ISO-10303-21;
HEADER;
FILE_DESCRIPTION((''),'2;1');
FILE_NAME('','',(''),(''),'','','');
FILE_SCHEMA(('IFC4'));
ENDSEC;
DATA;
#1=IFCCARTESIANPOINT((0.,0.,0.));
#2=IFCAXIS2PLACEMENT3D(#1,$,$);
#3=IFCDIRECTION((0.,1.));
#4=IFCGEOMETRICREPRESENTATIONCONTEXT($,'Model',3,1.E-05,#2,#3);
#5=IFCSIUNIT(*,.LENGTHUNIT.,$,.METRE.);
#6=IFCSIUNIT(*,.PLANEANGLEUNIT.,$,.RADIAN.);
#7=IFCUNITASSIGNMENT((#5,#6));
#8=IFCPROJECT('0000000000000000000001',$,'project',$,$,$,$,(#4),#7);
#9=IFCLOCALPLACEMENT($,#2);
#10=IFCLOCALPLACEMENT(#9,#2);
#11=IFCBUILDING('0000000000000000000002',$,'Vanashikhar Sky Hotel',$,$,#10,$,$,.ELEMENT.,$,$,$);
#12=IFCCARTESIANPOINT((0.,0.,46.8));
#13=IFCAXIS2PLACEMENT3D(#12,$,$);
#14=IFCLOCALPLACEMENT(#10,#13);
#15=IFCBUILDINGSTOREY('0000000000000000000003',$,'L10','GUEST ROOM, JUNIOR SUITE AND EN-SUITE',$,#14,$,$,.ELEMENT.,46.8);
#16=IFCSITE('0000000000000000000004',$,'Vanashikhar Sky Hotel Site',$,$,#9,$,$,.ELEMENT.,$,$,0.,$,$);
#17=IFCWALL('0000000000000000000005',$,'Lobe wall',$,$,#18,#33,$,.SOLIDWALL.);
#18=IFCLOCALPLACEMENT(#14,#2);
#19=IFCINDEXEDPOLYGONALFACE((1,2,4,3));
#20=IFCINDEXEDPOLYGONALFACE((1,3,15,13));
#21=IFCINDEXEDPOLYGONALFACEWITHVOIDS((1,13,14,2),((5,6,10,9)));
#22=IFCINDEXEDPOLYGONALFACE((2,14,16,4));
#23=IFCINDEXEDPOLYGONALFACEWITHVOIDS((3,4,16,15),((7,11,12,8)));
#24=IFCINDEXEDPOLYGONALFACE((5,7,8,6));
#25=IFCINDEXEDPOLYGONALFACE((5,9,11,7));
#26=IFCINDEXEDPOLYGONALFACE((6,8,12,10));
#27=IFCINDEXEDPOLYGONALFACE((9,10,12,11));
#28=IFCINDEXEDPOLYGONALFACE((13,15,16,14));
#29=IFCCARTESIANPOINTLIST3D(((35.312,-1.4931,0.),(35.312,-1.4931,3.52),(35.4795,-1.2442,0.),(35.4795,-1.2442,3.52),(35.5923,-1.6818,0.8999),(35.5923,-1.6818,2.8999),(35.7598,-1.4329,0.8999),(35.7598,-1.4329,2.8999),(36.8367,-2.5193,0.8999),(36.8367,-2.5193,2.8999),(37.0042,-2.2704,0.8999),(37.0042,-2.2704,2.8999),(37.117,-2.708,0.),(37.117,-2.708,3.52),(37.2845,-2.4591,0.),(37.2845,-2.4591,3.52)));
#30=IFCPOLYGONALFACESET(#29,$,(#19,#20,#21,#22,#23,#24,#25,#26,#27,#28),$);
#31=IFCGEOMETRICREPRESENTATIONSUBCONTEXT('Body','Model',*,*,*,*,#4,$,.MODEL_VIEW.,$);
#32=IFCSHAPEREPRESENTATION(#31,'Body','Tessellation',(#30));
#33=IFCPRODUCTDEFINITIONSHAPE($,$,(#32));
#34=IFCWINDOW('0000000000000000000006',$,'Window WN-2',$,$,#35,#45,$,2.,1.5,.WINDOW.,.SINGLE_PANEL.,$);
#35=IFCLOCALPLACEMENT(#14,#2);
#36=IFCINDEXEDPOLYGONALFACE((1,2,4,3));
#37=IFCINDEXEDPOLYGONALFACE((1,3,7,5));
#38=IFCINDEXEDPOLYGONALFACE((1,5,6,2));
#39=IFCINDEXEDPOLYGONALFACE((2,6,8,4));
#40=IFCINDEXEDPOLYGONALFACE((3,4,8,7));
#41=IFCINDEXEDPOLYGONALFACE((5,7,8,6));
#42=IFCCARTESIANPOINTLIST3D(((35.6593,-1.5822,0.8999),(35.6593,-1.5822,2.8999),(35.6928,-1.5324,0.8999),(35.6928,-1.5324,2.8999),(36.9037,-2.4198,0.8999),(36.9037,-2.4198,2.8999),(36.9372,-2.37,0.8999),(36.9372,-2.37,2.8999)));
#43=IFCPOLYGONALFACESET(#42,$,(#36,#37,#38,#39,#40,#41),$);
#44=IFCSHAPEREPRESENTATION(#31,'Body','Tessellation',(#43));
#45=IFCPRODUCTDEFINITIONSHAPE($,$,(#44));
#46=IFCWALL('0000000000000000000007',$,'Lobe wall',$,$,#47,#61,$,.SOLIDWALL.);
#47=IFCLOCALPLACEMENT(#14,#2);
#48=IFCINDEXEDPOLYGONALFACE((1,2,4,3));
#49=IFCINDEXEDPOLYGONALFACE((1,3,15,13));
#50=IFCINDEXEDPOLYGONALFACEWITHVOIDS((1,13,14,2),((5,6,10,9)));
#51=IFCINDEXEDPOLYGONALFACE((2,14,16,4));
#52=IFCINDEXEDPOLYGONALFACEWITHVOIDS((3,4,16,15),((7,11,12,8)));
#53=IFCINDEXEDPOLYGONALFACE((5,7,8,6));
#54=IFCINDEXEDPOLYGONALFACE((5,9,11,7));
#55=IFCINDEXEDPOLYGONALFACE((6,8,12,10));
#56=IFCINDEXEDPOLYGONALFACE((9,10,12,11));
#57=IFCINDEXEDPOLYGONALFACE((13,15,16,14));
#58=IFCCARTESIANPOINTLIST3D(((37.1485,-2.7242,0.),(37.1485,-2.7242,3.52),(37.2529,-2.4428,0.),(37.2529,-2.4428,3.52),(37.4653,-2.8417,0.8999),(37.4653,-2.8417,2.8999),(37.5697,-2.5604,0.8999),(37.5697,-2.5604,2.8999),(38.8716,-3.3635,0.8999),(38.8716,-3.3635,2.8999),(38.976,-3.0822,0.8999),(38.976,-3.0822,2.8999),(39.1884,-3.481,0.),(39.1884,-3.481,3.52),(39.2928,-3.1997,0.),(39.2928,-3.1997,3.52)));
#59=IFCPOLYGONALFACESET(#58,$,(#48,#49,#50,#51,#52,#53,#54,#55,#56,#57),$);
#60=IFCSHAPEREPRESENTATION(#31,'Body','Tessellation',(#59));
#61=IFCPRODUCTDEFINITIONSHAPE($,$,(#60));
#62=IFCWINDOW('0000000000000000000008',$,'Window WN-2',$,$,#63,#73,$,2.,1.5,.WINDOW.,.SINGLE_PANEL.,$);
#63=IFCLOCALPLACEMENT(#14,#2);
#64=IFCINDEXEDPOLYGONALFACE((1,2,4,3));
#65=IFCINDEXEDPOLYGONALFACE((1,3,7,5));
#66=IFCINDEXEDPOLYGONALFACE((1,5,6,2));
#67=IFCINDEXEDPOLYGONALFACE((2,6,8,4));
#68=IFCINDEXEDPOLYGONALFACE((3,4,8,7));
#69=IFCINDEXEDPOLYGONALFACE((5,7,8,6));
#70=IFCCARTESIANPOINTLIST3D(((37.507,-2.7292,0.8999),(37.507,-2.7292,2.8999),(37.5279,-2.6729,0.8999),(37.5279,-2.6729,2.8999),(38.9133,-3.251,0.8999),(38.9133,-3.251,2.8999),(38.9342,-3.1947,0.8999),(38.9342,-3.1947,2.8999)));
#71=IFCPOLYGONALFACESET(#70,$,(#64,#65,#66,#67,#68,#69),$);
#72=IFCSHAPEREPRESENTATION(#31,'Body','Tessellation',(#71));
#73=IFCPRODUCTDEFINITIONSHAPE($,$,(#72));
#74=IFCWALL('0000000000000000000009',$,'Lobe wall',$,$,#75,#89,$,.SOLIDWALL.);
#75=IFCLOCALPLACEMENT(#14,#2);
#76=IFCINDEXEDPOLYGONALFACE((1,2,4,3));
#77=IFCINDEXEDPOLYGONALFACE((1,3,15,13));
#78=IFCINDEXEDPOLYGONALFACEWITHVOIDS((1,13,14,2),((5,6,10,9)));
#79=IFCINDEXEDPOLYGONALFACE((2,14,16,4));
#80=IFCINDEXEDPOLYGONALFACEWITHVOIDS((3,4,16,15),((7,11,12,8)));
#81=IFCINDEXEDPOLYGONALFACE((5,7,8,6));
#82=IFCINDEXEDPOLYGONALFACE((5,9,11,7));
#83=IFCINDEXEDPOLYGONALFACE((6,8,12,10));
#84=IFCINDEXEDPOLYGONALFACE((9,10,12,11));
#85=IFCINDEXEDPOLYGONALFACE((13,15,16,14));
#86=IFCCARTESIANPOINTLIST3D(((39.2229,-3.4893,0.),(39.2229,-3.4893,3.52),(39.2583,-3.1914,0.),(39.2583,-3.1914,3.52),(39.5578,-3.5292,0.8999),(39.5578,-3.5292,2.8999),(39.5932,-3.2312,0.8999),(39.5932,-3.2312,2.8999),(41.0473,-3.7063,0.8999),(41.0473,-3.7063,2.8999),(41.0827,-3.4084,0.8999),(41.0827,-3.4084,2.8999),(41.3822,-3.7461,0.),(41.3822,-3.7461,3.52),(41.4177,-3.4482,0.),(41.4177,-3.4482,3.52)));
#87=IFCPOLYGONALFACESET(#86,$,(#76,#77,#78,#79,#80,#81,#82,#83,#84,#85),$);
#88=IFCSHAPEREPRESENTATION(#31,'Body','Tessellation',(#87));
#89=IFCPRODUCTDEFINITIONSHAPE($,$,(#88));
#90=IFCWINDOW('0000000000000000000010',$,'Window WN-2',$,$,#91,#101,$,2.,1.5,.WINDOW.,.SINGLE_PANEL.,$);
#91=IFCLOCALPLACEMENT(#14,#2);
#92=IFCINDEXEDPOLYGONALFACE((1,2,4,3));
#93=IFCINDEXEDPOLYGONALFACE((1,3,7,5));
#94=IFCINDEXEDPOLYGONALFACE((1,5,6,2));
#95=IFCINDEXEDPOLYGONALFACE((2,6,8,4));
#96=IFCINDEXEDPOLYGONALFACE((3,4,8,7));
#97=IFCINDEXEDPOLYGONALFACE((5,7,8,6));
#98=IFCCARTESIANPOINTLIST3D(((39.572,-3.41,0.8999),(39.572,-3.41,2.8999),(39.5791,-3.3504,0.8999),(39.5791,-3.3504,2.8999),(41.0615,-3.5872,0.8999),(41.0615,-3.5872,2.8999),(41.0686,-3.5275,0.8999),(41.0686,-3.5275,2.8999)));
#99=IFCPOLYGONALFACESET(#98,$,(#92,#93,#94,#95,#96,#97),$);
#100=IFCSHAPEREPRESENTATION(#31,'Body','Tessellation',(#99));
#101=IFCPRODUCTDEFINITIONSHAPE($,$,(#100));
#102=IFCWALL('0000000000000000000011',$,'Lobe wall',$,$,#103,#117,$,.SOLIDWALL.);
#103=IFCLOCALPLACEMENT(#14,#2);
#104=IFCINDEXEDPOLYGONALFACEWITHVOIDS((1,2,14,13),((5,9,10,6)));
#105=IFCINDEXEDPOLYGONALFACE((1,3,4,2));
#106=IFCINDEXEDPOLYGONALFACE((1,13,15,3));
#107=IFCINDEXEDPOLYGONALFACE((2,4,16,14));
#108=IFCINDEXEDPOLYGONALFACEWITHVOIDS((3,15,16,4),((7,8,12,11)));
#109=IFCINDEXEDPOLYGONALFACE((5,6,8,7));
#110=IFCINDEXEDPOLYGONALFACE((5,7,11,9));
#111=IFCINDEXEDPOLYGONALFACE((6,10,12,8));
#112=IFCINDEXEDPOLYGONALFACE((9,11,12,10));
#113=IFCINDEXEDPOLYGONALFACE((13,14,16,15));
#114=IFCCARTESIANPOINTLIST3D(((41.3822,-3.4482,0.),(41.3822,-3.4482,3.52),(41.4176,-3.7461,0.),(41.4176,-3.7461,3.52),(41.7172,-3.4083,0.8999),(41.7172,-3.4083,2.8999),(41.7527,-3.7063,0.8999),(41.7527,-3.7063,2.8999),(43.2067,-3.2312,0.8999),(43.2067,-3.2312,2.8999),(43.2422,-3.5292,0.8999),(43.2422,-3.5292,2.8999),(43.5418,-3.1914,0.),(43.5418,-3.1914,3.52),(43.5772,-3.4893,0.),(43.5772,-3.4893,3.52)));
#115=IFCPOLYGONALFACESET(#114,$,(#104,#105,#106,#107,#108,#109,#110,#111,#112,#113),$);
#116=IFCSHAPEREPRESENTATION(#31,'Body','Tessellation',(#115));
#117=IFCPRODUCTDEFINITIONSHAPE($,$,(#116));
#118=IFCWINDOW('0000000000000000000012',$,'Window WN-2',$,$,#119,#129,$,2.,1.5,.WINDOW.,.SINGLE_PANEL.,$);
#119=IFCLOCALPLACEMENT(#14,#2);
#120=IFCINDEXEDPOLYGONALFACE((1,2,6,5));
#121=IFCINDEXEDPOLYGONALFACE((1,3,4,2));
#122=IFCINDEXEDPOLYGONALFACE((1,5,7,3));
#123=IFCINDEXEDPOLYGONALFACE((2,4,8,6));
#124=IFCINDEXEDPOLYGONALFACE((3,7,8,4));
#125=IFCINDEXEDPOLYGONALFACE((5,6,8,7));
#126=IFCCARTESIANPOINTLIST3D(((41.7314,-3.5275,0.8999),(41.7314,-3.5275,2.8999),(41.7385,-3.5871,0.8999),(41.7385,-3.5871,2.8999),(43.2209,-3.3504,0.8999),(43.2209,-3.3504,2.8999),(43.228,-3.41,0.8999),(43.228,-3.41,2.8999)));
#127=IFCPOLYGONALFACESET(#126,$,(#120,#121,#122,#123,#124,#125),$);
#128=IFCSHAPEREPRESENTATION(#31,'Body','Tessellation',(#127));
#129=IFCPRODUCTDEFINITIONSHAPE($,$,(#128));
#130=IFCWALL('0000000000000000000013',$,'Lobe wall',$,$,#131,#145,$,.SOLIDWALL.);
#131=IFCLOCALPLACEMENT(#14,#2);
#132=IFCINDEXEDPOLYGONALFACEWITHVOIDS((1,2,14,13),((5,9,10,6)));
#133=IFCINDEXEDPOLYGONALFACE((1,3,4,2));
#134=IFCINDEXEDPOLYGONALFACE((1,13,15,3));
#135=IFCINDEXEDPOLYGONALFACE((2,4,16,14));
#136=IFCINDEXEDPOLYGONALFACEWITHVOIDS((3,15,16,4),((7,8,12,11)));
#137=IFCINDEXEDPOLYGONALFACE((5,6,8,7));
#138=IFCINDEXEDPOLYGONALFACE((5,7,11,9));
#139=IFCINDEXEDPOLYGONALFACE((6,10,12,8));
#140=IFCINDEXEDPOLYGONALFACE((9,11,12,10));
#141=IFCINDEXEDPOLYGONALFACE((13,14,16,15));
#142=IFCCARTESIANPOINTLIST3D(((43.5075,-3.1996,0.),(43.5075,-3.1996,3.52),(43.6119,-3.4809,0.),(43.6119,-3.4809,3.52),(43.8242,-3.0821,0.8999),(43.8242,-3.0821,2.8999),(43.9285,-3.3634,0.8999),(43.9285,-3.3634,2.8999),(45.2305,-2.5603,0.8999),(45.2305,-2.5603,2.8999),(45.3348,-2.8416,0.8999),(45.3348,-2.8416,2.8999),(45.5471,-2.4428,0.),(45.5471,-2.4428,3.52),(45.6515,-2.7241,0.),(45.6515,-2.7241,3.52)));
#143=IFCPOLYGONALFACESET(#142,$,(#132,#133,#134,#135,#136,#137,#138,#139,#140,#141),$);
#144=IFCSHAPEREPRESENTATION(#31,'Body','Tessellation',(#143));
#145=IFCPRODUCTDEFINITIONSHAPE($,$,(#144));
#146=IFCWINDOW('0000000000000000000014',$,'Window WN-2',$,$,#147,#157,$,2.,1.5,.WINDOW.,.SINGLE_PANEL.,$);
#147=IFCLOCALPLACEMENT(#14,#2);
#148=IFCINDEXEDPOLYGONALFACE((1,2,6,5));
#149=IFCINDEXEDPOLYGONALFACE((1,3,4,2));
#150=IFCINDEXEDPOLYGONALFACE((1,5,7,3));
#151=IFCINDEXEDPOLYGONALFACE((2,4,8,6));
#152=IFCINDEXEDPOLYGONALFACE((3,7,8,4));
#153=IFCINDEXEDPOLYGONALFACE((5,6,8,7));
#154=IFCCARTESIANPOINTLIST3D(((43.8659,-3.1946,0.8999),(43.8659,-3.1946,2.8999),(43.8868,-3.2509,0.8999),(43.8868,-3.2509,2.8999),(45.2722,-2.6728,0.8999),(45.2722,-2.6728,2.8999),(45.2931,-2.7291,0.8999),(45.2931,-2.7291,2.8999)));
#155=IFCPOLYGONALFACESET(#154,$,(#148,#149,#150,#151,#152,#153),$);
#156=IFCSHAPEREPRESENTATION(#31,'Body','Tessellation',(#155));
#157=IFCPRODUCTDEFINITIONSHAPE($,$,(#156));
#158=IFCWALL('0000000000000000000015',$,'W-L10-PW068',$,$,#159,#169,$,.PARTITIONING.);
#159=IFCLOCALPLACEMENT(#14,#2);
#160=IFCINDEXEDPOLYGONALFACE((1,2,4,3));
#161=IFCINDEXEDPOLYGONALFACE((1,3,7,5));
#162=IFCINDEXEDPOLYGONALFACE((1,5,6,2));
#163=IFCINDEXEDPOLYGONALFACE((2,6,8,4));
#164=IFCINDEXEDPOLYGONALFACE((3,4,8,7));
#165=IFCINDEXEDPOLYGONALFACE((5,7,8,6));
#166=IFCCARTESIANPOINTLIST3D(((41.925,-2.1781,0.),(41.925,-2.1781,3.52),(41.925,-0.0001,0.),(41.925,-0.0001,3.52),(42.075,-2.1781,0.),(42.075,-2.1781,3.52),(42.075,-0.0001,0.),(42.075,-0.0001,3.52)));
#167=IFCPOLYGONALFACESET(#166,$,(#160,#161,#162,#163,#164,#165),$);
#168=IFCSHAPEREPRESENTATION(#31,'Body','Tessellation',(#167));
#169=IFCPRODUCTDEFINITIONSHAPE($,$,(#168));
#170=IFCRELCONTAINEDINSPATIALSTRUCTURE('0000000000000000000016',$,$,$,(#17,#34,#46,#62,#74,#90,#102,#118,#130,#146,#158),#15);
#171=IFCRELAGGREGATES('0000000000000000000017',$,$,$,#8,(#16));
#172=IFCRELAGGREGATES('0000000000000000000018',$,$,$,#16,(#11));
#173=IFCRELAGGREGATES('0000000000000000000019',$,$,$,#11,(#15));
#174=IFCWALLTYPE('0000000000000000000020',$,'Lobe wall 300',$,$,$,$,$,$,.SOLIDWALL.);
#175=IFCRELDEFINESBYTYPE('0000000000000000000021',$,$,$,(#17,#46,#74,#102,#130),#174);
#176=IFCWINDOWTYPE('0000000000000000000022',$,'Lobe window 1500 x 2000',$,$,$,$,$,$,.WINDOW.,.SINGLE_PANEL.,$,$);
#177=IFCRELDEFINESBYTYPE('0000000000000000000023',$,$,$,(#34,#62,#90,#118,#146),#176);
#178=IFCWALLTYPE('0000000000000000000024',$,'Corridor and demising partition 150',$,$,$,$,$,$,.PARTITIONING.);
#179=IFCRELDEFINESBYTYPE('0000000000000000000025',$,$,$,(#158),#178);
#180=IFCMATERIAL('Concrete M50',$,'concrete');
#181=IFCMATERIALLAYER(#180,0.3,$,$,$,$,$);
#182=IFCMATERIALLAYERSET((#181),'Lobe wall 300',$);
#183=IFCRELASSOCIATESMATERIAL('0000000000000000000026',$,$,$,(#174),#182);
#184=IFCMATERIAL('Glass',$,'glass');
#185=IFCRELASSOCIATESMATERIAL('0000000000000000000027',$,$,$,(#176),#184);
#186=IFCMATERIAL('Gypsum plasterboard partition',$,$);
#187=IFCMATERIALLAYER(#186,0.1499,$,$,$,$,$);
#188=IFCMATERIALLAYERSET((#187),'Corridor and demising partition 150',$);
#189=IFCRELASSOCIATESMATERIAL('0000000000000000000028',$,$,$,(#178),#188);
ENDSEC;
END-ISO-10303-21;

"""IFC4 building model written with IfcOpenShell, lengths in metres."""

from ifc_helpers import new_model, si_unit, direction, frame, frame_2d, origin, place, context, subcontext, project, spatial, rectangle, extrude, source, transform, mapped, material, layer, layer_set, type_object, element, fill, save


model = new_model("IFC4")

# Units and contexts
model_context = context("Model", 3, precision=1e-05, world=origin(), true_north=direction((0.0, 1.0)))
body_context = subcontext(model_context, "Body", "Model", "MODEL_VIEW")
ifc_project = project(units=[si_unit("LENGTHUNIT", "METRE"), si_unit("PLANEANGLEUNIT", "RADIAN")], contexts=[model_context])

# Site, building, storey
site_placement = place(None, origin())
site = spatial("IfcSite", under=ifc_project, at=site_placement, Name="Vanashikhar Sky Hotel Site", CompositionType="ELEMENT", RefElevation=0.0)
building_placement = place(site_placement, origin())
building = spatial("IfcBuilding", under=site, at=building_placement, Name="Vanashikhar Sky Hotel", CompositionType="ELEMENT")
storey_placement = place(building_placement, frame((0.0, 0.0, 46.8)))
storey = spatial("IfcBuildingStorey", under=building, at=storey_placement, Name="L10", Description="GUEST ROOM, JUNIOR SUITE AND EN-SUITE", CompositionType="ELEMENT", Elevation=46.8)

# Walls, openings, windows
ifc_material_1 = material(Name="Concrete M50", Category="concrete")
ifc_layer_1 = layer(ifc_material_1, 0.3)
ifc_layer_set_1 = layer_set([ifc_layer_1], Name="Lobe wall 300")
wall_type_1 = type_object("IfcWallType", Name="Lobe wall 300", PredefinedType="SOLIDWALL", material=ifc_layer_set_1)
shared_shape_1 = source(origin(), body_context, "Body", "SweptSolid", [
    extrude(rectangle(XDim=2.1758, YDim=0.3, at=frame_2d((1.0879, 0.0))), origin(), (0.0, 0.0, 1.0), 3.52),
])
wall_1_placement = place(storey_placement, frame((35.3958, -1.3687, 0.0), z_axis=(0.0, 0.0, 1.0), x_axis=(0.829591, -0.558372, 0.0)))
wall_1 = element("IfcWall", 1, at=wall_1_placement, inside=storey, type_object=wall_type_1, Name="Lobe wall", PredefinedType="SOLIDWALL", context=body_context, shape_type="MappedRepresentation", body=[
    mapped(shared_shape_1, transform((0.0, 0.0, 0.0), scale=1.0)),
])
shared_shape_2 = source(origin(), body_context, "Body", "SweptSolid", [
    extrude(rectangle(XDim=1.5, YDim=2.0, at=frame_2d((0.75, 1.0))), frame((0.0, 0.1602, 0.0), z_axis=(0.0, -1.0, 0.0), x_axis=(1.0, 0.0, 0.0)), (0.0, 0.0, 1.0), 0.3201),
])
opening_1_placement = place(wall_1_placement, frame((0.3379, 0.0, 0.8999)))
opening_1 = element("IfcOpeningElement", 2, at=opening_1_placement, cuts=wall_1, PredefinedType="OPENING", context=body_context, shape_type="MappedRepresentation", body=[
    mapped(shared_shape_2, transform((0.0, 0.0, 0.0), scale=1.0)),
])
ifc_material_2 = material(Name="Glass", Category="glass")
window_type = type_object("IfcWindowType", Name="Lobe window 1500 x 2000", PartitioningType="SINGLE_PANEL", PredefinedType="WINDOW", material=ifc_material_2)
shared_shape_3 = source(origin(), body_context, "Body", "SweptSolid", [
    extrude(rectangle(XDim=1.5, YDim=2.0, at=frame_2d((0.75, 1.0))), frame((0.0, 0.03, 0.0), z_axis=(0.0, -1.0, 0.0), x_axis=(1.0, 0.0, 0.0)), (0.0, 0.0, 1.0), 0.0601),
])
window_1_placement = place(opening_1_placement, origin())
window_1 = element("IfcWindow", 3, at=window_1_placement, inside=storey, type_object=window_type, Name="Window WN-2", OverallHeight=2.0, OverallWidth=1.5, PartitioningType="SINGLE_PANEL", PredefinedType="WINDOW", context=body_context, shape_type="MappedRepresentation", body=[
    mapped(shared_shape_3, transform((0.0, 0.0, 0.0), scale=1.0)),
])
fill(opening_1, window_1)
wall_2_placement = place(storey_placement, frame((37.2007, -2.5835, 0.0), z_axis=(0.0, 0.0, 1.0), x_axis=(0.937546, -0.347863, 0.0)))
wall_2 = element("IfcWall", 4, at=wall_2_placement, inside=storey, type_object=wall_type_1, Name="Lobe wall", PredefinedType="SOLIDWALL", context=body_context, shape_type="MappedRepresentation", body=[
    mapped(shared_shape_1, transform((0.0, 0.0, 0.0), scale=1.0)),
])
opening_2_placement = place(wall_2_placement, frame((0.3379, 0.0, 0.8999)))
opening_2 = element("IfcOpeningElement", 5, at=opening_2_placement, cuts=wall_2, PredefinedType="OPENING", context=body_context, shape_type="MappedRepresentation", body=[
    mapped(shared_shape_2, transform((0.0, 0.0, 0.0), scale=1.0)),
])
window_2_placement = place(opening_2_placement, origin())
window_2 = element("IfcWindow", 6, at=window_2_placement, inside=storey, type_object=window_type, Name="Window WN-2", OverallHeight=2.0, OverallWidth=1.5, PartitioningType="SINGLE_PANEL", PredefinedType="WINDOW", context=body_context, shape_type="MappedRepresentation", body=[
    mapped(shared_shape_3, transform((0.0, 0.0, 0.0), scale=1.0)),
])
fill(opening_2, window_2)
shared_shape_4 = source(origin(), body_context, "Body", "SweptSolid", [
    extrude(rectangle(XDim=2.1746, YDim=0.3, at=frame_2d((1.0874, 0.0))), origin(), (0.0, 0.0, 1.0), 3.52),
])
wall_3_placement = place(storey_placement, frame((39.2405, -3.3403, 0.0), z_axis=(0.0, 0.0, 1.0), x_axis=(0.993001, -0.118105, 0.0)))
wall_3 = element("IfcWall", 7, at=wall_3_placement, inside=storey, type_object=wall_type_1, Name="Lobe wall", PredefinedType="SOLIDWALL", context=body_context, shape_type="MappedRepresentation", body=[
    mapped(shared_shape_4, transform((0.0, 0.0, 0.0), scale=1.0)),
])
opening_3_placement = place(wall_3_placement, frame((0.3374, 0.0, 0.8999)))
opening_3 = element("IfcOpeningElement", 8, at=opening_3_placement, cuts=wall_3, PredefinedType="OPENING", context=body_context, shape_type="MappedRepresentation", body=[
    mapped(shared_shape_2, transform((0.0, 0.0, 0.0), scale=1.0)),
])
window_3_placement = place(opening_3_placement, origin())
window_3 = element("IfcWindow", 9, at=window_3_placement, inside=storey, type_object=window_type, Name="Window WN-2", OverallHeight=2.0, OverallWidth=1.5, PartitioningType="SINGLE_PANEL", PredefinedType="WINDOW", context=body_context, shape_type="MappedRepresentation", body=[
    mapped(shared_shape_3, transform((0.0, 0.0, 0.0), scale=1.0)),
])
fill(opening_3, window_3)
shared_shape_5 = source(origin(), body_context, "Body", "SweptSolid", [
    extrude(rectangle(XDim=2.1748, YDim=0.3, at=frame_2d((1.0874, 0.0))), origin(), (0.0, 0.0, 1.0), 3.52),
])
wall_4_placement = place(storey_placement, frame((41.3999, -3.5972, 0.0), z_axis=(0.0, 0.0, 1.0), x_axis=(0.993003, 0.118092, 0.0)))
wall_4 = element("IfcWall", 10, at=wall_4_placement, inside=storey, type_object=wall_type_1, Name="Lobe wall", PredefinedType="SOLIDWALL", context=body_context, shape_type="MappedRepresentation", body=[
    mapped(shared_shape_5, transform((0.0, 0.0, 0.0), scale=1.0)),
])
opening_4_placement = place(wall_4_placement, frame((0.3374, 0.0, 0.8999)))
opening_4 = element("IfcOpeningElement", 11, at=opening_4_placement, cuts=wall_4, PredefinedType="OPENING", context=body_context, shape_type="MappedRepresentation", body=[
    mapped(shared_shape_2, transform((0.0, 0.0, 0.0), scale=1.0)),
])
window_4_placement = place(opening_4_placement, origin())
window_4 = element("IfcWindow", 12, at=window_4_placement, inside=storey, type_object=window_type, Name="Window WN-2", OverallHeight=2.0, OverallWidth=1.5, PartitioningType="SINGLE_PANEL", PredefinedType="WINDOW", context=body_context, shape_type="MappedRepresentation", body=[
    mapped(shared_shape_3, transform((0.0, 0.0, 0.0), scale=1.0)),
])
fill(opening_4, window_4)
shared_shape_6 = source(origin(), body_context, "Body", "SweptSolid", [
    extrude(rectangle(XDim=2.1755, YDim=0.3, at=frame_2d((1.0879, 0.0))), origin(), (0.0, 0.0, 1.0), 3.52),
])
wall_5_placement = place(storey_placement, frame((43.5596, -3.3403, 0.0), z_axis=(0.0, 0.0, 1.0), x_axis=(0.937532, 0.347899, 0.0)))
wall_5 = element("IfcWall", 13, at=wall_5_placement, inside=storey, type_object=wall_type_1, Name="Lobe wall", PredefinedType="SOLIDWALL", context=body_context, shape_type="MappedRepresentation", body=[
    mapped(shared_shape_6, transform((0.0, 0.0, 0.0), scale=1.0)),
])
opening_5_placement = place(wall_5_placement, frame((0.3379, 0.0, 0.8999)))
opening_5 = element("IfcOpeningElement", 14, at=opening_5_placement, cuts=wall_5, PredefinedType="OPENING", context=body_context, shape_type="MappedRepresentation", body=[
    mapped(shared_shape_2, transform((0.0, 0.0, 0.0), scale=1.0)),
])
window_5_placement = place(opening_5_placement, origin())
window_5 = element("IfcWindow", 15, at=window_5_placement, inside=storey, type_object=window_type, Name="Window WN-2", OverallHeight=2.0, OverallWidth=1.5, PartitioningType="SINGLE_PANEL", PredefinedType="WINDOW", context=body_context, shape_type="MappedRepresentation", body=[
    mapped(shared_shape_3, transform((0.0, 0.0, 0.0), scale=1.0)),
])
fill(opening_5, window_5)

# Wall
ifc_material_3 = material(Name="Gypsum plasterboard partition")
ifc_layer_2 = layer(ifc_material_3, 0.1499)
ifc_layer_set_2 = layer_set([ifc_layer_2], Name="Corridor and demising partition 150")
wall_type_2 = type_object("IfcWallType", Name="Corridor and demising partition 150", PredefinedType="PARTITIONING", material=ifc_layer_set_2)
shared_shape_7 = source(origin(), body_context, "Body", "SweptSolid", [
    extrude(rectangle(XDim=2.178, YDim=0.1499, at=frame_2d((1.0889, 0.0))), origin(), (0.0, 0.0, 1.0), 3.52),
])
wall_6_placement = place(storey_placement, frame((42.0, -2.178, 0.0), z_axis=(0.0, 0.0, 1.0), x_axis=(0.0, 1.0, 0.0)))
element("IfcWall", 16, at=wall_6_placement, inside=storey, type_object=wall_type_2, Name="W-L10-PW068", PredefinedType="PARTITIONING", context=body_context, shape_type="MappedRepresentation", body=[
    mapped(shared_shape_7, transform((0.0, 0.0, 0.0), scale=1.0)),
])

save(model, "model.ifc")
